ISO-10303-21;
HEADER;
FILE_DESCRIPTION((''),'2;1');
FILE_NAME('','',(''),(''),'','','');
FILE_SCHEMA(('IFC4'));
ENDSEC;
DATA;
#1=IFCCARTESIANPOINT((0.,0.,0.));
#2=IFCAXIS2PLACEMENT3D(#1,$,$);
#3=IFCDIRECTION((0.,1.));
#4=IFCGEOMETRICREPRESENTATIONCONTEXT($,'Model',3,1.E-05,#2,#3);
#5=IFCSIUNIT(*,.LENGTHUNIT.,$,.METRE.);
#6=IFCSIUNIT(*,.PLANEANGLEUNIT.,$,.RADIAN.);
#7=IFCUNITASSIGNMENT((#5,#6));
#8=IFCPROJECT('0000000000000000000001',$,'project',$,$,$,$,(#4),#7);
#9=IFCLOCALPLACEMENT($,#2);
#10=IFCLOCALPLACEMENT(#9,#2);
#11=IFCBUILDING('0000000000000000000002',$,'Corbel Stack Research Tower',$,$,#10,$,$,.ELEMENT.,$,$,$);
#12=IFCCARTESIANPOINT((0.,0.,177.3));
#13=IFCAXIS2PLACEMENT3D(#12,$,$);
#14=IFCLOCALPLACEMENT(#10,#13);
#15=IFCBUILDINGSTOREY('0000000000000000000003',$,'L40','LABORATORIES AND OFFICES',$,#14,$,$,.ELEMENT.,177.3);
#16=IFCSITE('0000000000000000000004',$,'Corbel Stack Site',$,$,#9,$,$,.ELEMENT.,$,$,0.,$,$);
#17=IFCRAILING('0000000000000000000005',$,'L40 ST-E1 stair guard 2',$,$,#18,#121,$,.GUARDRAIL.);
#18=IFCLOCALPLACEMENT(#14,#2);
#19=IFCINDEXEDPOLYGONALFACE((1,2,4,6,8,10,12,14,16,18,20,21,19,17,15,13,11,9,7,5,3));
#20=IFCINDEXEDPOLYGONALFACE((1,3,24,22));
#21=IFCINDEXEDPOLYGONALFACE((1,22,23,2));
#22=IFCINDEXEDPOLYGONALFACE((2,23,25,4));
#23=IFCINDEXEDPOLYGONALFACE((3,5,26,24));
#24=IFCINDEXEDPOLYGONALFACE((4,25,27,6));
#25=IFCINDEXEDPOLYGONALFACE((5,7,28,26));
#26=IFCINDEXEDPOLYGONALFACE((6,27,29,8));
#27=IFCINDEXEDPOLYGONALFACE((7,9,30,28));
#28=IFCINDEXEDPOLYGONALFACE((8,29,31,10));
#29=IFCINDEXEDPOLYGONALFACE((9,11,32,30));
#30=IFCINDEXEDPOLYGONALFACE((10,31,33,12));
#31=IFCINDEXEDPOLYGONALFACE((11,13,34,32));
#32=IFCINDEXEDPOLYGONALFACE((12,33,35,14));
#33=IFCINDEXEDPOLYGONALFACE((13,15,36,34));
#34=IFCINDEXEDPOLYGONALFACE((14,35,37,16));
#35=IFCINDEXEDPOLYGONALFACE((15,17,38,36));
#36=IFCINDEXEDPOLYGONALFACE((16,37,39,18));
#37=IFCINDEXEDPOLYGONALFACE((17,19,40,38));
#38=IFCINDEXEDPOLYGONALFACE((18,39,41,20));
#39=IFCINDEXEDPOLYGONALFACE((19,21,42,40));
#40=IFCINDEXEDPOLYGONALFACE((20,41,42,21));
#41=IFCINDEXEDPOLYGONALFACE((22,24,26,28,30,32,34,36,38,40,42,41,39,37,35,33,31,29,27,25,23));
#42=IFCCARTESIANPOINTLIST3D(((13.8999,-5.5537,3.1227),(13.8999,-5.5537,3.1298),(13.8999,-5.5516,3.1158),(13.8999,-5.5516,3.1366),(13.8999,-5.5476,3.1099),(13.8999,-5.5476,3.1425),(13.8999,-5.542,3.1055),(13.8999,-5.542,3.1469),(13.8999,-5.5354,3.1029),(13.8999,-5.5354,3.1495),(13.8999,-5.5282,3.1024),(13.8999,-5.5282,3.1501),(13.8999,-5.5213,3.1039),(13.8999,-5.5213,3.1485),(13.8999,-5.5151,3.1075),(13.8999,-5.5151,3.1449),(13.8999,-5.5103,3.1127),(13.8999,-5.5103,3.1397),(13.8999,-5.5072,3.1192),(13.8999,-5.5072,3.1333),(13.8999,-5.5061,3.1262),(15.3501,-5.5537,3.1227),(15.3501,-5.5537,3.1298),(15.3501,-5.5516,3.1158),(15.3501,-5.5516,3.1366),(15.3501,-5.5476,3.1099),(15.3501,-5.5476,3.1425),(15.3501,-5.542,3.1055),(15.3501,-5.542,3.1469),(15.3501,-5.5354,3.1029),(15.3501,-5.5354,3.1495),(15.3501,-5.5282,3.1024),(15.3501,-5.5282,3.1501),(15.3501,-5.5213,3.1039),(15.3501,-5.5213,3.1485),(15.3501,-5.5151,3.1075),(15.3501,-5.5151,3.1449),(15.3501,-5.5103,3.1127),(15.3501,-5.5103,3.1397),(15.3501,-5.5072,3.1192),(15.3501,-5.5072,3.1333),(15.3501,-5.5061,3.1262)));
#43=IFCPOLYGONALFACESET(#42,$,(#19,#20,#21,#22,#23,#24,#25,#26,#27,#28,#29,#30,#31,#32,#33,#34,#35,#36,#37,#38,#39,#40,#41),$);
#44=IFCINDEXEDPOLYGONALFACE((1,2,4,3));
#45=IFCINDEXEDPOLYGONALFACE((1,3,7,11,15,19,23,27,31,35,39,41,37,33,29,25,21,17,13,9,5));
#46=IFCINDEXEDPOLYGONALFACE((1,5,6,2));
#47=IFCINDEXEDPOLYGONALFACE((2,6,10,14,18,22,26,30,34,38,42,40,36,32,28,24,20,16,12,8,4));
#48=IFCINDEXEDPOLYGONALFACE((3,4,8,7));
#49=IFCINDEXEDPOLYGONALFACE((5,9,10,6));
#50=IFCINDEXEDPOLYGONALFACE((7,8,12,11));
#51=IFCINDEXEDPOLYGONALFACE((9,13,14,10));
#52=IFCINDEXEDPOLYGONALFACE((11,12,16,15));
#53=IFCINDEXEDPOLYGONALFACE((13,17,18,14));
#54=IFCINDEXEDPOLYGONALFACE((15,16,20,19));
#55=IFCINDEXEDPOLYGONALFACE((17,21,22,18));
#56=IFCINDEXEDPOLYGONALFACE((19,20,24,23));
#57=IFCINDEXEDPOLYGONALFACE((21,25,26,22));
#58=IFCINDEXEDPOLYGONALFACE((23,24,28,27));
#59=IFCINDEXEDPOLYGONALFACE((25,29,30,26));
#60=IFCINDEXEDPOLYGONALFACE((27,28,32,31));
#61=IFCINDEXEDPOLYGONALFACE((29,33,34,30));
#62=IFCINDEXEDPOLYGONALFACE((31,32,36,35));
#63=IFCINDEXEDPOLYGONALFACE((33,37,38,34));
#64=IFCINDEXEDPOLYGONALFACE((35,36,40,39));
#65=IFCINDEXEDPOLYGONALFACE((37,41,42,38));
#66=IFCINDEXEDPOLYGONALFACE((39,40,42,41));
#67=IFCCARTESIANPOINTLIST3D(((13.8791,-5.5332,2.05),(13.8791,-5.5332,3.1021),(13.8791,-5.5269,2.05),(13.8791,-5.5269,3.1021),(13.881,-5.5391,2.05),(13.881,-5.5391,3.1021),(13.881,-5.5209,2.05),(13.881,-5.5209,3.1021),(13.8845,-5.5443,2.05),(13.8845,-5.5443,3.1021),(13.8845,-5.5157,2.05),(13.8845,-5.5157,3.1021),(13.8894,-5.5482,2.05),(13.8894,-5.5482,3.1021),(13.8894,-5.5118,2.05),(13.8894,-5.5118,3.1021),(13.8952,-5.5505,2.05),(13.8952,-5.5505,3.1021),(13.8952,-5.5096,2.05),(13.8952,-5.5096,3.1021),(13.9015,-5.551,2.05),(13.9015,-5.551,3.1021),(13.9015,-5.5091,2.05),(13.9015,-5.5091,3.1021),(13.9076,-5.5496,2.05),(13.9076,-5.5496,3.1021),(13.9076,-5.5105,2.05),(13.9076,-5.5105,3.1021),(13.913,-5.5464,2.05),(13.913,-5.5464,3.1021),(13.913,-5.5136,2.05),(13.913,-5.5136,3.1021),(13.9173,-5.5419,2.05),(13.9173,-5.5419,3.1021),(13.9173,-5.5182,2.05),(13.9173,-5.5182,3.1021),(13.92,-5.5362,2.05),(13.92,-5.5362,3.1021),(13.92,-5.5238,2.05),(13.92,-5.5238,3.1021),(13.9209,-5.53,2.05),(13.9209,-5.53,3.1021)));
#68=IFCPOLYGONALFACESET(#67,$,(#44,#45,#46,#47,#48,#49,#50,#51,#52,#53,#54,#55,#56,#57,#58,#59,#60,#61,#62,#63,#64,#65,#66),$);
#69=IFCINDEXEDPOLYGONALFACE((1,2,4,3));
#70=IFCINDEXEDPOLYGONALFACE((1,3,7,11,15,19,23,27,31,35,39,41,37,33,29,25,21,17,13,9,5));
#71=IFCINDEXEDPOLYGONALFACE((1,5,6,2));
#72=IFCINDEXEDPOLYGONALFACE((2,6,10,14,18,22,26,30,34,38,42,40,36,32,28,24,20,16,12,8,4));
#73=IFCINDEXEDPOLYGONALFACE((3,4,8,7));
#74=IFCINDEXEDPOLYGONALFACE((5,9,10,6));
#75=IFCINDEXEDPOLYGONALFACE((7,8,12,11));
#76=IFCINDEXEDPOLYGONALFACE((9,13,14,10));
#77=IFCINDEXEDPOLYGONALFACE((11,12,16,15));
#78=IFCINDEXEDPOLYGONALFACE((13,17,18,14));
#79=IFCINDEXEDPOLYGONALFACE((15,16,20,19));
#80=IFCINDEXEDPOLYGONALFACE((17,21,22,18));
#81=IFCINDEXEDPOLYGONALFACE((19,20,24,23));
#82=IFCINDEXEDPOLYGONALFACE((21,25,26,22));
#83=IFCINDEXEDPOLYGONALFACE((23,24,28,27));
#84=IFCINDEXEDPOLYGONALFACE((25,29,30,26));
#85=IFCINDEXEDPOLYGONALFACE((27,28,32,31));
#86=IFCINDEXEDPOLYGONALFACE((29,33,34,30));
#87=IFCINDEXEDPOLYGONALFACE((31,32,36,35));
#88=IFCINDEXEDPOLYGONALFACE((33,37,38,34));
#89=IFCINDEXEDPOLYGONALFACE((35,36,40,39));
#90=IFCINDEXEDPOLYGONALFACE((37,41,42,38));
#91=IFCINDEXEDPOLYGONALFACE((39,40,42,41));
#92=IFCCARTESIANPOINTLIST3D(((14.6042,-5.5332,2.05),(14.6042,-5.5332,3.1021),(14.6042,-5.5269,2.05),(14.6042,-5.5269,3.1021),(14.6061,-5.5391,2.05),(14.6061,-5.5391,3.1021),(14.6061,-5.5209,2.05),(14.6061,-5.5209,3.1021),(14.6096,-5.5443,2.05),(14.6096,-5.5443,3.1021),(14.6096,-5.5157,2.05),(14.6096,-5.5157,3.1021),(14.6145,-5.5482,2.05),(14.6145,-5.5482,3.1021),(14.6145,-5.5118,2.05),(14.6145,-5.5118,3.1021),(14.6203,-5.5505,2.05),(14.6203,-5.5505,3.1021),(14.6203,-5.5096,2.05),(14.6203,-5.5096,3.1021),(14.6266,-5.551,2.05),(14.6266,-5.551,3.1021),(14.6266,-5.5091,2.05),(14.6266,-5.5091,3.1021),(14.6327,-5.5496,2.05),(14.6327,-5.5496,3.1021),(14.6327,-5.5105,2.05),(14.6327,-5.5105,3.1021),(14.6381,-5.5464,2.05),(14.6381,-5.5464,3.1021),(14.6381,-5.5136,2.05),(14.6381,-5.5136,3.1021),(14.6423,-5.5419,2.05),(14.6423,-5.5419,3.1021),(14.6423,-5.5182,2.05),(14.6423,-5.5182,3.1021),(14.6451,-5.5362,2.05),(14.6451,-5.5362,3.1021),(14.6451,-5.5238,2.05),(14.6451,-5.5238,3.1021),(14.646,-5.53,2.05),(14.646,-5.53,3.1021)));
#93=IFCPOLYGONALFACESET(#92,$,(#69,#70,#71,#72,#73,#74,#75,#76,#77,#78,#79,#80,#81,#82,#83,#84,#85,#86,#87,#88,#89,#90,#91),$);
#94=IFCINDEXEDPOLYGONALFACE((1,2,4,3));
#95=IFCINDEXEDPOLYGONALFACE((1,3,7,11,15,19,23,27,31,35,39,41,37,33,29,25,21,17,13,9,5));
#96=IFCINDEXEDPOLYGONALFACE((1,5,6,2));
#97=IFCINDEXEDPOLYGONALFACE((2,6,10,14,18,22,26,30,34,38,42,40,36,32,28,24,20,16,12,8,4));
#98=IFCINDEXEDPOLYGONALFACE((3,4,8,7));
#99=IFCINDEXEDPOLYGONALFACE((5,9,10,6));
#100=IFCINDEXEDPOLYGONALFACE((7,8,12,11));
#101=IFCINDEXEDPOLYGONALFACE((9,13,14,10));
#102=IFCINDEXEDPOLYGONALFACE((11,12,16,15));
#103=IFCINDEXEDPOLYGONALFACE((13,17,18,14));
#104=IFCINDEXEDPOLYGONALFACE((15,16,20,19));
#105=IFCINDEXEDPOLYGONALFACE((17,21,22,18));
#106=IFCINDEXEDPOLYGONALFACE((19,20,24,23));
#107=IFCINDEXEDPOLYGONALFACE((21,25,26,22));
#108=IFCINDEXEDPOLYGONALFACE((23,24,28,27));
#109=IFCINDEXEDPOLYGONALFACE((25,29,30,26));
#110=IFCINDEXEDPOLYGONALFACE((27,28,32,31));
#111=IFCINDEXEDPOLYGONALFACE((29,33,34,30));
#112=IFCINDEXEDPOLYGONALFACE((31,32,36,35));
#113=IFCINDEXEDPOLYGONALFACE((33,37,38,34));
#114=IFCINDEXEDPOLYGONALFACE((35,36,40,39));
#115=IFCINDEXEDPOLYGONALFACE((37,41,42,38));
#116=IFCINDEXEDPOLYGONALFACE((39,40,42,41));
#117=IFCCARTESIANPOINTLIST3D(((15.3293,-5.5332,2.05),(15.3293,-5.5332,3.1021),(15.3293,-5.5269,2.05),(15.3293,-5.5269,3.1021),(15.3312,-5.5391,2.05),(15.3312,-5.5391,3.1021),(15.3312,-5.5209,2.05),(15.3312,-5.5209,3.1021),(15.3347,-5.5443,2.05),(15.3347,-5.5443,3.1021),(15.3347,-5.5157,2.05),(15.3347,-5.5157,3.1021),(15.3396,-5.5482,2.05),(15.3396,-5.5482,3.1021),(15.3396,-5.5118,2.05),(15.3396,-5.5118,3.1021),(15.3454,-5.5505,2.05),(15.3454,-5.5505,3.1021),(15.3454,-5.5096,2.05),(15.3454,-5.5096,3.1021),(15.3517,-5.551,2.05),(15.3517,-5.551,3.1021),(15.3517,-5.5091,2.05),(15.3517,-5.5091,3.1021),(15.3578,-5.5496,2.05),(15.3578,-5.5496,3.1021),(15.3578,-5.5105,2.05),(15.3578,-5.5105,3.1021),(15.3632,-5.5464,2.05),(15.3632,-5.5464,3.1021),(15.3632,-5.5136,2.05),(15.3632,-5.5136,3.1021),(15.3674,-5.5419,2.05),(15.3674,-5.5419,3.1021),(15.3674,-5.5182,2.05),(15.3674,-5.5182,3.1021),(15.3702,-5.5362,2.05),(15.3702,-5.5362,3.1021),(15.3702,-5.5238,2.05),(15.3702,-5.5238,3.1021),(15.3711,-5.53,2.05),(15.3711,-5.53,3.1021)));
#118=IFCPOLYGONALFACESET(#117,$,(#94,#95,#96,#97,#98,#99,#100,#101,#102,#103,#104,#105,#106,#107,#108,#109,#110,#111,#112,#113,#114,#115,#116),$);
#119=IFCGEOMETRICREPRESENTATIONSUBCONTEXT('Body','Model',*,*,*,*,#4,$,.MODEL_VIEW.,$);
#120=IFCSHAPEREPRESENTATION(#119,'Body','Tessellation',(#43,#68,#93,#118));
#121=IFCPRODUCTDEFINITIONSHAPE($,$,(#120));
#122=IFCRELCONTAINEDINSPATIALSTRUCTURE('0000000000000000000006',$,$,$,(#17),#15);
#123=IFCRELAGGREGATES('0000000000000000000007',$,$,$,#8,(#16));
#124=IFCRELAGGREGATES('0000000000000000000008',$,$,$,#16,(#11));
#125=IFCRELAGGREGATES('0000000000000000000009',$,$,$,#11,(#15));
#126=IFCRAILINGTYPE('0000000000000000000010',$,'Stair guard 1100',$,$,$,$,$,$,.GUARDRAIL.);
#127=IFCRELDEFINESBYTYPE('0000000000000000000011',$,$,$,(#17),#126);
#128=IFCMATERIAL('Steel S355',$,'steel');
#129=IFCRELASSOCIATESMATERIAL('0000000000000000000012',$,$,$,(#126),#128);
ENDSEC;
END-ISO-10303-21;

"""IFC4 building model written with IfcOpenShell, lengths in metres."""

from ifc_helpers import new_model, si_unit, direction, frame, origin, origin_2d, place, context, subcontext, project, spatial, circle, extrude, material, type_object, element, save


model = new_model("IFC4")

# Units and contexts
model_context = context("Model", 3, precision=1e-05, world=origin(), true_north=direction((0.0, 1.0)))
body_context = subcontext(model_context, "Body", "Model", "MODEL_VIEW")
ifc_project = project(units=[si_unit("LENGTHUNIT", "METRE"), si_unit("PLANEANGLEUNIT", "RADIAN")], contexts=[model_context])

# Site, building, storey
site_placement = place(None, origin())
site = spatial("IfcSite", under=ifc_project, at=site_placement, Name="Corbel Stack Site", CompositionType="ELEMENT", RefElevation=0.0)
building_placement = place(site_placement, origin())
building = spatial("IfcBuilding", under=site, at=building_placement, Name="Corbel Stack Research Tower", CompositionType="ELEMENT")
storey_placement = place(building_placement, frame((0.0, 0.0, 177.3)))
storey = spatial("IfcBuildingStorey", under=building, at=storey_placement, Name="L40", Description="LABORATORIES AND OFFICES", CompositionType="ELEMENT", Elevation=177.3)

# Railing
ifc_material_1 = material(Name="Steel S355", Category="steel")
railing_type = type_object("IfcRailingType", Name="Stair guard 1100", PredefinedType="GUARDRAIL", material=ifc_material_1)
railing_placement = place(storey_placement, frame((13.8999, -5.53, 2.05)))
element("IfcRailing", 1, at=railing_placement, inside=storey, type_object=railing_type, Name="L40 ST-E1 stair guard 2", PredefinedType="GUARDRAIL", context=body_context, shape_type="SweptSolid", body=[
    extrude(circle(Radius=0.0239, at=origin_2d()), frame((0.0, 0.0, 1.0762), z_axis=(1.0, 0.0, 0.0), x_axis=(0.0, 1.0, 0.0)), (0.0, 0.0, 1.0), 1.4502),
    extrude(circle(Radius=0.021, at=origin_2d()), origin(), (0.0, 0.0, 1.0), 1.052),
    extrude(circle(Radius=0.021, at=origin_2d()), frame((0.7251, 0.0, 0.0)), (0.0, 0.0, 1.0), 1.052),
    extrude(circle(Radius=0.021, at=origin_2d()), frame((1.4502, 0.0, 0.0)), (0.0, 0.0, 1.0), 1.052),
])

save(model, "model.ifc")
